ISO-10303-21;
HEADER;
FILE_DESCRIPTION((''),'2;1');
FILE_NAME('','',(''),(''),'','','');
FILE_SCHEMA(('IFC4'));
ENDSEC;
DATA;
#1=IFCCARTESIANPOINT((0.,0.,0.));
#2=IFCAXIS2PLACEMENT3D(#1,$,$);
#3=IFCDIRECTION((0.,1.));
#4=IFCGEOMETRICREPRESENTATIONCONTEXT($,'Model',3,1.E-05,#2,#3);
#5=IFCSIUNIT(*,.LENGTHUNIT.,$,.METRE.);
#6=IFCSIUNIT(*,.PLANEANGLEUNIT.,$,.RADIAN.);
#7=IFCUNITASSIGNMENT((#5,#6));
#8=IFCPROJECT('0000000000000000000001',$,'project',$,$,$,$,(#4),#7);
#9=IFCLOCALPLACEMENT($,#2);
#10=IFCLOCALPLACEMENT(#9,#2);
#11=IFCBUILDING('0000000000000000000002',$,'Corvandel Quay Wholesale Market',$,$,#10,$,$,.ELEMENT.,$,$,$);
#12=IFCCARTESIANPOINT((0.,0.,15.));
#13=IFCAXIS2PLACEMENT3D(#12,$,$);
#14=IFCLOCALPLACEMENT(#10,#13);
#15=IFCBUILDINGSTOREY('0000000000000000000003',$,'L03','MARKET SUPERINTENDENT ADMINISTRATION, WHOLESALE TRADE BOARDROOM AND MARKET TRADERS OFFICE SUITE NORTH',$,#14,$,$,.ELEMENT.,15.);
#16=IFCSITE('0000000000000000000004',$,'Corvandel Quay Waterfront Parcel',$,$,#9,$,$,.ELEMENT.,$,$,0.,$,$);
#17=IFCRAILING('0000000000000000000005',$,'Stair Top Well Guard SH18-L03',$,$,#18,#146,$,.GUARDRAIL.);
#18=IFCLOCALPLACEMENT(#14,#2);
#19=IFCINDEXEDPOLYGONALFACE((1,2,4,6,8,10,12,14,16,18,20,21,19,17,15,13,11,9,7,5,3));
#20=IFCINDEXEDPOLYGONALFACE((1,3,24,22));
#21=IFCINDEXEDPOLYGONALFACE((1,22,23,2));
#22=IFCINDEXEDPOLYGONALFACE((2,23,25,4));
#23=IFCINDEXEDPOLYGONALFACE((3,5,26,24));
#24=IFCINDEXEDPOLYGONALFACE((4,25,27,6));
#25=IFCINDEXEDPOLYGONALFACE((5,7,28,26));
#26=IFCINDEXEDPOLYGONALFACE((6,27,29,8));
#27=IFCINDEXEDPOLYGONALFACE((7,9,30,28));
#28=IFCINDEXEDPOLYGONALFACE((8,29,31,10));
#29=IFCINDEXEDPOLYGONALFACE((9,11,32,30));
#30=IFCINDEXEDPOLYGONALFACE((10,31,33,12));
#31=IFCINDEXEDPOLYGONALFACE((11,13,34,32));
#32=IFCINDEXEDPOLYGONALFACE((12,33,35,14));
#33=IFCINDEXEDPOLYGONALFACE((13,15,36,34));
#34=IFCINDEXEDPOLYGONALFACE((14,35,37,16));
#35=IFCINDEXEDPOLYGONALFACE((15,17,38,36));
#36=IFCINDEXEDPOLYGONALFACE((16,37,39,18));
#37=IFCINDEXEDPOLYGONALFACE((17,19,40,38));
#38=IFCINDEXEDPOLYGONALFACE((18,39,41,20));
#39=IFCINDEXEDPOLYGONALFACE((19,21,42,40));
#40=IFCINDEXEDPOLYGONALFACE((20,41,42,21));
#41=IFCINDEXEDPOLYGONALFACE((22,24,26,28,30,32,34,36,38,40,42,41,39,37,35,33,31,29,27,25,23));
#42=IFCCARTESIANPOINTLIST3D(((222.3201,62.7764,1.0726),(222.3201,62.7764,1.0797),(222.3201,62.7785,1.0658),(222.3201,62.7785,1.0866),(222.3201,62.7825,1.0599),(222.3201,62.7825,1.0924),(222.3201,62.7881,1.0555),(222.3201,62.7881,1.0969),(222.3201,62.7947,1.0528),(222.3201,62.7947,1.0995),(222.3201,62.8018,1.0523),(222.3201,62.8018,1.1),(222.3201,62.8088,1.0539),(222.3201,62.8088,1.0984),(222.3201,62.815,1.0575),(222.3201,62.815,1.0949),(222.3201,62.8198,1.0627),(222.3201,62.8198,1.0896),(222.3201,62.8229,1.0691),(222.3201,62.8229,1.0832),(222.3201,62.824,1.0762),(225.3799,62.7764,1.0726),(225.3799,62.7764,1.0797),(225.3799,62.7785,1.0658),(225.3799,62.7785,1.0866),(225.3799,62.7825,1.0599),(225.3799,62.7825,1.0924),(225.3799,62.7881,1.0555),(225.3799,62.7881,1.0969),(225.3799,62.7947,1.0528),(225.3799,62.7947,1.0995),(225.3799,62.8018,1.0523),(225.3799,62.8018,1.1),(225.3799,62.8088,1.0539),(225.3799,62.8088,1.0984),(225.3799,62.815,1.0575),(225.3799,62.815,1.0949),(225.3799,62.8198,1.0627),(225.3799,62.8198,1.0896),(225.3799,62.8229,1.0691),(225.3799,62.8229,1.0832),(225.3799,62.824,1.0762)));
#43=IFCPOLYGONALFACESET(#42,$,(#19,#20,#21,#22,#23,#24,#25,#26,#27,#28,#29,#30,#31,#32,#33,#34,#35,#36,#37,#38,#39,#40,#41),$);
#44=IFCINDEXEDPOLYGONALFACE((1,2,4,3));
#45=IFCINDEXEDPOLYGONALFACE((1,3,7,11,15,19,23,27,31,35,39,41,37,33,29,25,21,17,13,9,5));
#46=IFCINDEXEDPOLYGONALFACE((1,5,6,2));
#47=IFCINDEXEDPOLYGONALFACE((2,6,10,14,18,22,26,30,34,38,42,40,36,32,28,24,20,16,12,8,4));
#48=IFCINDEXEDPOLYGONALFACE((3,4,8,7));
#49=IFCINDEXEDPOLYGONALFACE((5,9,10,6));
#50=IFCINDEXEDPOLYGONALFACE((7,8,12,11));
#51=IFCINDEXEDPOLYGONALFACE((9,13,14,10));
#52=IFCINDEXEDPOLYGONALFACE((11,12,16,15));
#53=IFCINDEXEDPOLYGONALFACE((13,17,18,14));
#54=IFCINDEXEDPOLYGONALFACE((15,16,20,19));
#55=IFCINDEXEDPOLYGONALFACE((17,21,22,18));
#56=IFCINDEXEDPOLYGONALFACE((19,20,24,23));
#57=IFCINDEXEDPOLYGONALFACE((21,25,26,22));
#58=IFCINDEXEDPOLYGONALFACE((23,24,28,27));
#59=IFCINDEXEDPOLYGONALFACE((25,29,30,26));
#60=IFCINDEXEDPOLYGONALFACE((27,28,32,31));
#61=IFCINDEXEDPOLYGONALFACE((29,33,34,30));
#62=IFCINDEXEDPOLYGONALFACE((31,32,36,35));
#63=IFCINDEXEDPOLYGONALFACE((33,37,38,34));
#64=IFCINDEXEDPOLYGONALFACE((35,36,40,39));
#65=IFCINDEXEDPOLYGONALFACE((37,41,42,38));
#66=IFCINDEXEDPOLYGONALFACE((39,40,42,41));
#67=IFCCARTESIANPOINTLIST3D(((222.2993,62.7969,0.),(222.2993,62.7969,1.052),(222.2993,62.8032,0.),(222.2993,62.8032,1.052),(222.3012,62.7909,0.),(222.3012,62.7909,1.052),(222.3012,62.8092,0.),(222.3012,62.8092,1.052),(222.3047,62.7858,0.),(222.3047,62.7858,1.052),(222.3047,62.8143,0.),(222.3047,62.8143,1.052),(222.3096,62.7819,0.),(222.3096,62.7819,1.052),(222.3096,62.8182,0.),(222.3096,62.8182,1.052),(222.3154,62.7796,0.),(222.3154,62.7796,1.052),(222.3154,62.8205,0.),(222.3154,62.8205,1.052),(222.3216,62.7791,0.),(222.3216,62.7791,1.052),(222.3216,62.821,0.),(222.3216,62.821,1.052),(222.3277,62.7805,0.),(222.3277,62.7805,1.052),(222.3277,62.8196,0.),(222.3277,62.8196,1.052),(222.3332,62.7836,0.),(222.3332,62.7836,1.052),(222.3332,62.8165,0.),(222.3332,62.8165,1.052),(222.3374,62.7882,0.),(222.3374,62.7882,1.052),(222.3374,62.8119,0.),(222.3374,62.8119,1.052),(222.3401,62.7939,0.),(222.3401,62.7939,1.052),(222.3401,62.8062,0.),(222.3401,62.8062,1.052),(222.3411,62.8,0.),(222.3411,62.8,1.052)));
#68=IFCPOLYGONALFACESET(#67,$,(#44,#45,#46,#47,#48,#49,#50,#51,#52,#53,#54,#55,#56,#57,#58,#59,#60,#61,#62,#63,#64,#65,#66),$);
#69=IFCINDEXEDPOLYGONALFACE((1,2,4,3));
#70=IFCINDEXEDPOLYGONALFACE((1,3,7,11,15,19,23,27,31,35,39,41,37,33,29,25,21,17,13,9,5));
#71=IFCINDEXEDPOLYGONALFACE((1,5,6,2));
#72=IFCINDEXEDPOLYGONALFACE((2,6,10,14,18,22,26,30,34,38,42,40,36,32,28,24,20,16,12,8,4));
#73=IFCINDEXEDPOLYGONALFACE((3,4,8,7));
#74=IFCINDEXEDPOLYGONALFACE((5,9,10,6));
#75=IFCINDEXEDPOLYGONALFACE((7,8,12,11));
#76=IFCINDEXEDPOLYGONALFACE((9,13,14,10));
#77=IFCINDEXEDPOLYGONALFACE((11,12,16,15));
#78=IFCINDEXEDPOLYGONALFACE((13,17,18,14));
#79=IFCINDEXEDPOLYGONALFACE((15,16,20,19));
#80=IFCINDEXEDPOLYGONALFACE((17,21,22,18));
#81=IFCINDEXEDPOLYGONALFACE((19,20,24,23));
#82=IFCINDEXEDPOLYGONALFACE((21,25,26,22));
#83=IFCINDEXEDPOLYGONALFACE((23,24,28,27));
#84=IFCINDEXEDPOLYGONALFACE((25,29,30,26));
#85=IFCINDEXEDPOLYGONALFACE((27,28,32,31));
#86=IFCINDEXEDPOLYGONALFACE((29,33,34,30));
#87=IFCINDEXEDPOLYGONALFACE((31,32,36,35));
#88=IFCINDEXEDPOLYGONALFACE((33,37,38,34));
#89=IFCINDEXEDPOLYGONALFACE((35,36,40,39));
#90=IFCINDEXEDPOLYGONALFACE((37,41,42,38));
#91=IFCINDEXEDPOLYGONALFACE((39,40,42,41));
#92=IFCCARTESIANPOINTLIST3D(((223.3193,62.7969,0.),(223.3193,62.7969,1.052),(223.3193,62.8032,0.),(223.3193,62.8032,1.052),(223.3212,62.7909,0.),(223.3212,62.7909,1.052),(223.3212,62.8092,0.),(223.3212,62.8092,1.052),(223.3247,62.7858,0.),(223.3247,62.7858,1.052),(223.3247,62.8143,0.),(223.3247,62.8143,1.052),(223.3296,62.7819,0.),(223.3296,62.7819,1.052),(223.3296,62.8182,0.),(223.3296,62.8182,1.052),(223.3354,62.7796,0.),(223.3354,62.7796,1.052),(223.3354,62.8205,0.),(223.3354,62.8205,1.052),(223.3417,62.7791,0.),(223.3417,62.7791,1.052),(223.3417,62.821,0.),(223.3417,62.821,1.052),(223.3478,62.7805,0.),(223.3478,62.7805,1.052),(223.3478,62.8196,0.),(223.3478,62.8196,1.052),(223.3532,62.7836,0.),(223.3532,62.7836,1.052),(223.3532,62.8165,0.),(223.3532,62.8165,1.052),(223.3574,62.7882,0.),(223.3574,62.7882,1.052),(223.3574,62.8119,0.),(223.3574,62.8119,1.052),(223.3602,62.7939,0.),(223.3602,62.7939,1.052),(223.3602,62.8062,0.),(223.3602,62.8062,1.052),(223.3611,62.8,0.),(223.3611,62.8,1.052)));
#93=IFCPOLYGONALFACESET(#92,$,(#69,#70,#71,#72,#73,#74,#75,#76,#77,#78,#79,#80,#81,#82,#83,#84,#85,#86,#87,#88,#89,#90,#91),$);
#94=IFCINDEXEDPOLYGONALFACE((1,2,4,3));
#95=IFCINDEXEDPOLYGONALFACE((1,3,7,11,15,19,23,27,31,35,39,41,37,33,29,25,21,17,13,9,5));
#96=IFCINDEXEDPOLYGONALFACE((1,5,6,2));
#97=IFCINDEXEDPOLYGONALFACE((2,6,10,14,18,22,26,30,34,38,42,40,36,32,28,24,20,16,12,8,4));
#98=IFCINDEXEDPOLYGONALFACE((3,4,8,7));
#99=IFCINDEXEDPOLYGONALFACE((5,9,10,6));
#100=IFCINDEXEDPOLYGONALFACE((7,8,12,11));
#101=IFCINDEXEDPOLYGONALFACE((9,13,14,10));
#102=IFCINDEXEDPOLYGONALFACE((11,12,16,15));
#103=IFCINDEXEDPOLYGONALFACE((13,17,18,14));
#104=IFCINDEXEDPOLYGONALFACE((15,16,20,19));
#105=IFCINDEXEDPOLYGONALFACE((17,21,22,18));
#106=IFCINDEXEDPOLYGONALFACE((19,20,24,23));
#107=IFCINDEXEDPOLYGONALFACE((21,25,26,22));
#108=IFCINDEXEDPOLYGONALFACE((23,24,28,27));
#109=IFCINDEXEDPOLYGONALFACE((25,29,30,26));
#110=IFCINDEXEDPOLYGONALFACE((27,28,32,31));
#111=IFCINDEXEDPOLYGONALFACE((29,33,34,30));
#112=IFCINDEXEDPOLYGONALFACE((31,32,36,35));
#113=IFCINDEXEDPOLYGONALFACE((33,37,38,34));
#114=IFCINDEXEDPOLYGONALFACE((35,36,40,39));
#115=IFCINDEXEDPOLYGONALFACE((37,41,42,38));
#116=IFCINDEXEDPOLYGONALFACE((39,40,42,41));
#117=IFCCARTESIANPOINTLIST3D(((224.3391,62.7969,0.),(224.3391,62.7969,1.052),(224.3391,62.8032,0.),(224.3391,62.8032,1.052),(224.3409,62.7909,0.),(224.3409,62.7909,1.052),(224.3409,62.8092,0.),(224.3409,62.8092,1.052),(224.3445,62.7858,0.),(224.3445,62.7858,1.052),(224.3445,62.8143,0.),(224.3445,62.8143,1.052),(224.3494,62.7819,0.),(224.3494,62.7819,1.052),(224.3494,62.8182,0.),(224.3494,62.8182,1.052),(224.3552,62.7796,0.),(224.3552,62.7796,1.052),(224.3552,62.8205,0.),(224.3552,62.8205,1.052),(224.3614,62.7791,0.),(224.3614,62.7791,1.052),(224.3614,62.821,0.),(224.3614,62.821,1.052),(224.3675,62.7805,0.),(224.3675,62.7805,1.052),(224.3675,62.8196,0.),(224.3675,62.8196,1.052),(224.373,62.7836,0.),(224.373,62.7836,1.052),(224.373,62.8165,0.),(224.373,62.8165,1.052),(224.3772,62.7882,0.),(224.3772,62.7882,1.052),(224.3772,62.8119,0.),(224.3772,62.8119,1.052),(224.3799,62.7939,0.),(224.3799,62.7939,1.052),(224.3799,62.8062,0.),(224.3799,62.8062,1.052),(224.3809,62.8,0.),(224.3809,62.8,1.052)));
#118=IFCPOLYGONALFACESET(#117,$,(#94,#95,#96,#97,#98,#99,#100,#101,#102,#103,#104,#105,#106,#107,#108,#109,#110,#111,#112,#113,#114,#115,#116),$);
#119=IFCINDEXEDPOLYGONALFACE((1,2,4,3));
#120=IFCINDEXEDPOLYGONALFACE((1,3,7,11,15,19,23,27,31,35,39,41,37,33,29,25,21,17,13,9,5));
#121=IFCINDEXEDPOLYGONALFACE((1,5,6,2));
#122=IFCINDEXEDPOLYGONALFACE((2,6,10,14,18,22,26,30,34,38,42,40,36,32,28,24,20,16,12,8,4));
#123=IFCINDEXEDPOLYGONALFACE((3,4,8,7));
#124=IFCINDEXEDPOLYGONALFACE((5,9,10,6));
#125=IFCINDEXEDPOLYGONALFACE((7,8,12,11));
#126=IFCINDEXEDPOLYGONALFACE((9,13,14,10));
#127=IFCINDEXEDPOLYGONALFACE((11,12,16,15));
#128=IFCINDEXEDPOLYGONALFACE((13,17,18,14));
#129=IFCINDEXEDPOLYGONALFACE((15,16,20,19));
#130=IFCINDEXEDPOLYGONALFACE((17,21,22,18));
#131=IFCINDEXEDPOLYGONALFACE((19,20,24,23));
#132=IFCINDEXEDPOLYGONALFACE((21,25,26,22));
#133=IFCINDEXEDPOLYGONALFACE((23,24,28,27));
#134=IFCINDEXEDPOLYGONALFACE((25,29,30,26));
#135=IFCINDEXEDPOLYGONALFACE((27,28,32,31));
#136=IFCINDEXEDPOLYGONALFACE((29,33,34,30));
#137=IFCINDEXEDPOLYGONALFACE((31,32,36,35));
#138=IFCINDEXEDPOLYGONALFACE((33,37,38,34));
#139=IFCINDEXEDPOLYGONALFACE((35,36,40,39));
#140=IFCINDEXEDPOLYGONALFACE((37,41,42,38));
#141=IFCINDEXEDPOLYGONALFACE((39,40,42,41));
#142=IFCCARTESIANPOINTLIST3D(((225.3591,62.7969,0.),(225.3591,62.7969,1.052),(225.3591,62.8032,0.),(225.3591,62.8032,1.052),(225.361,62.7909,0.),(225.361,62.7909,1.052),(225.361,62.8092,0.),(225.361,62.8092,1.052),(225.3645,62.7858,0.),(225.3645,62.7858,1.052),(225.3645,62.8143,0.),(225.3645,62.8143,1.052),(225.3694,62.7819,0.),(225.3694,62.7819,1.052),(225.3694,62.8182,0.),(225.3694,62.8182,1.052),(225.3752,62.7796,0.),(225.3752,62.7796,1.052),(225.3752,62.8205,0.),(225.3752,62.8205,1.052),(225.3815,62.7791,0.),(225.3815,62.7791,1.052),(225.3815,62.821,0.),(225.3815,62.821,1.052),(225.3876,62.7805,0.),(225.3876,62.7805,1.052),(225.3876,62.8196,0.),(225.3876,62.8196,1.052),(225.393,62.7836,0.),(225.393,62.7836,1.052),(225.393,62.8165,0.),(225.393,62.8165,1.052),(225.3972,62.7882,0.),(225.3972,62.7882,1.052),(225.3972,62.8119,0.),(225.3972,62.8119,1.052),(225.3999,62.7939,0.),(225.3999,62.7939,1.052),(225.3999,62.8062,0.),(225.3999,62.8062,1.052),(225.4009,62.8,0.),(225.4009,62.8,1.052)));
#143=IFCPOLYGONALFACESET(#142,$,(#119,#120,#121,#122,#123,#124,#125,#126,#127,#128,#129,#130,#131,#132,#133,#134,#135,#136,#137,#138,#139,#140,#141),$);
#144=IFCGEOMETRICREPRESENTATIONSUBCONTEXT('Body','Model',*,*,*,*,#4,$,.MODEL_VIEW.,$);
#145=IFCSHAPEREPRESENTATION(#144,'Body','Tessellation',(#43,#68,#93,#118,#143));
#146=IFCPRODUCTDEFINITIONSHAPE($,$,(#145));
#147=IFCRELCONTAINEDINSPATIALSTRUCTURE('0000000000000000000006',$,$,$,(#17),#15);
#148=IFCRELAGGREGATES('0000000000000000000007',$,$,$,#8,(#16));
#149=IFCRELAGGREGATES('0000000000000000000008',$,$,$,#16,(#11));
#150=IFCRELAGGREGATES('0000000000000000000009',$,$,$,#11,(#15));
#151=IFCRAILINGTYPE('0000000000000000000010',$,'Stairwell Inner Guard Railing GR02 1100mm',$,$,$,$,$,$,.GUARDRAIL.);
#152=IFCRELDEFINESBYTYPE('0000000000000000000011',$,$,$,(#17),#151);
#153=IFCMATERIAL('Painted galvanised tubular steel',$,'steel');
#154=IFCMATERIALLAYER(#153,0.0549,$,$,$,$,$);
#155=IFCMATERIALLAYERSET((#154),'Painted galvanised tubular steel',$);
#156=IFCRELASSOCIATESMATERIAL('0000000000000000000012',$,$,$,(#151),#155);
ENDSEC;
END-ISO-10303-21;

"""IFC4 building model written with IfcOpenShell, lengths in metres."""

from ifc_helpers import new_model, si_unit, direction, frame, origin, origin_2d, place, context, subcontext, project, spatial, circle, extrude, material, layer, layer_set, type_object, element, save


model = new_model("IFC4")

# Units and contexts
model_context = context("Model", 3, precision=1e-05, world=origin(), true_north=direction((0.0, 1.0)))
body_context = subcontext(model_context, "Body", "Model", "MODEL_VIEW")
ifc_project = project(units=[si_unit("LENGTHUNIT", "METRE"), si_unit("PLANEANGLEUNIT", "RADIAN")], contexts=[model_context])

# Site, building, storey
site_placement = place(None, origin())
site = spatial("IfcSite", under=ifc_project, at=site_placement, Name="Corvandel Quay Waterfront Parcel", CompositionType="ELEMENT", RefElevation=0.0)
building_placement = place(site_placement, origin())
building = spatial("IfcBuilding", under=site, at=building_placement, Name="Corvandel Quay Wholesale Market", CompositionType="ELEMENT")
storey_placement = place(building_placement, frame((0.0, 0.0, 15.0)))
storey = spatial("IfcBuildingStorey", under=building, at=storey_placement, Name="L03", Description="MARKET SUPERINTENDENT ADMINISTRATION, WHOLESALE TRADE BOARDROOM AND MARKET TRADERS OFFICE SUITE NORTH", CompositionType="ELEMENT", Elevation=15.0)

# Railing
ifc_material_1 = material(Name="Painted galvanised tubular steel", Category="steel")
ifc_layer_1 = layer(ifc_material_1, 0.0549)
ifc_layer_set_1 = layer_set([ifc_layer_1], Name="Painted galvanised tubular steel")
railing_type = type_object("IfcRailingType", Name="Stairwell Inner Guard Railing GR02 1100mm", PredefinedType="GUARDRAIL", material=ifc_layer_set_1)
railing_placement = place(storey_placement, frame((222.3201, 62.8, 0.0)))
element("IfcRailing", 1, at=railing_placement, inside=storey, type_object=railing_type, Name="Stair Top Well Guard SH18-L03", PredefinedType="GUARDRAIL", context=body_context, shape_type="SweptSolid", body=[
    extrude(circle(Radius=0.0239, at=origin_2d()), frame((0.0, 0.0, 1.0762), z_axis=(1.0, 0.0, 0.0), x_axis=(0.0, 1.0, 0.0)), (0.0, 0.0, 1.0), 3.0598),
    extrude(circle(Radius=0.021, at=origin_2d()), origin(), (0.0, 0.0, 1.0), 1.052),
    extrude(circle(Radius=0.021, at=origin_2d()), frame((1.02, 0.0, 0.0)), (0.0, 0.0, 1.0), 1.052),
    extrude(circle(Radius=0.021, at=origin_2d()), frame((2.0398, 0.0, 0.0)), (0.0, 0.0, 1.0), 1.052),
    extrude(circle(Radius=0.021, at=origin_2d()), frame((3.0598, 0.0, 0.0)), (0.0, 0.0, 1.0), 1.052),
])

save(model, "model.ifc")
